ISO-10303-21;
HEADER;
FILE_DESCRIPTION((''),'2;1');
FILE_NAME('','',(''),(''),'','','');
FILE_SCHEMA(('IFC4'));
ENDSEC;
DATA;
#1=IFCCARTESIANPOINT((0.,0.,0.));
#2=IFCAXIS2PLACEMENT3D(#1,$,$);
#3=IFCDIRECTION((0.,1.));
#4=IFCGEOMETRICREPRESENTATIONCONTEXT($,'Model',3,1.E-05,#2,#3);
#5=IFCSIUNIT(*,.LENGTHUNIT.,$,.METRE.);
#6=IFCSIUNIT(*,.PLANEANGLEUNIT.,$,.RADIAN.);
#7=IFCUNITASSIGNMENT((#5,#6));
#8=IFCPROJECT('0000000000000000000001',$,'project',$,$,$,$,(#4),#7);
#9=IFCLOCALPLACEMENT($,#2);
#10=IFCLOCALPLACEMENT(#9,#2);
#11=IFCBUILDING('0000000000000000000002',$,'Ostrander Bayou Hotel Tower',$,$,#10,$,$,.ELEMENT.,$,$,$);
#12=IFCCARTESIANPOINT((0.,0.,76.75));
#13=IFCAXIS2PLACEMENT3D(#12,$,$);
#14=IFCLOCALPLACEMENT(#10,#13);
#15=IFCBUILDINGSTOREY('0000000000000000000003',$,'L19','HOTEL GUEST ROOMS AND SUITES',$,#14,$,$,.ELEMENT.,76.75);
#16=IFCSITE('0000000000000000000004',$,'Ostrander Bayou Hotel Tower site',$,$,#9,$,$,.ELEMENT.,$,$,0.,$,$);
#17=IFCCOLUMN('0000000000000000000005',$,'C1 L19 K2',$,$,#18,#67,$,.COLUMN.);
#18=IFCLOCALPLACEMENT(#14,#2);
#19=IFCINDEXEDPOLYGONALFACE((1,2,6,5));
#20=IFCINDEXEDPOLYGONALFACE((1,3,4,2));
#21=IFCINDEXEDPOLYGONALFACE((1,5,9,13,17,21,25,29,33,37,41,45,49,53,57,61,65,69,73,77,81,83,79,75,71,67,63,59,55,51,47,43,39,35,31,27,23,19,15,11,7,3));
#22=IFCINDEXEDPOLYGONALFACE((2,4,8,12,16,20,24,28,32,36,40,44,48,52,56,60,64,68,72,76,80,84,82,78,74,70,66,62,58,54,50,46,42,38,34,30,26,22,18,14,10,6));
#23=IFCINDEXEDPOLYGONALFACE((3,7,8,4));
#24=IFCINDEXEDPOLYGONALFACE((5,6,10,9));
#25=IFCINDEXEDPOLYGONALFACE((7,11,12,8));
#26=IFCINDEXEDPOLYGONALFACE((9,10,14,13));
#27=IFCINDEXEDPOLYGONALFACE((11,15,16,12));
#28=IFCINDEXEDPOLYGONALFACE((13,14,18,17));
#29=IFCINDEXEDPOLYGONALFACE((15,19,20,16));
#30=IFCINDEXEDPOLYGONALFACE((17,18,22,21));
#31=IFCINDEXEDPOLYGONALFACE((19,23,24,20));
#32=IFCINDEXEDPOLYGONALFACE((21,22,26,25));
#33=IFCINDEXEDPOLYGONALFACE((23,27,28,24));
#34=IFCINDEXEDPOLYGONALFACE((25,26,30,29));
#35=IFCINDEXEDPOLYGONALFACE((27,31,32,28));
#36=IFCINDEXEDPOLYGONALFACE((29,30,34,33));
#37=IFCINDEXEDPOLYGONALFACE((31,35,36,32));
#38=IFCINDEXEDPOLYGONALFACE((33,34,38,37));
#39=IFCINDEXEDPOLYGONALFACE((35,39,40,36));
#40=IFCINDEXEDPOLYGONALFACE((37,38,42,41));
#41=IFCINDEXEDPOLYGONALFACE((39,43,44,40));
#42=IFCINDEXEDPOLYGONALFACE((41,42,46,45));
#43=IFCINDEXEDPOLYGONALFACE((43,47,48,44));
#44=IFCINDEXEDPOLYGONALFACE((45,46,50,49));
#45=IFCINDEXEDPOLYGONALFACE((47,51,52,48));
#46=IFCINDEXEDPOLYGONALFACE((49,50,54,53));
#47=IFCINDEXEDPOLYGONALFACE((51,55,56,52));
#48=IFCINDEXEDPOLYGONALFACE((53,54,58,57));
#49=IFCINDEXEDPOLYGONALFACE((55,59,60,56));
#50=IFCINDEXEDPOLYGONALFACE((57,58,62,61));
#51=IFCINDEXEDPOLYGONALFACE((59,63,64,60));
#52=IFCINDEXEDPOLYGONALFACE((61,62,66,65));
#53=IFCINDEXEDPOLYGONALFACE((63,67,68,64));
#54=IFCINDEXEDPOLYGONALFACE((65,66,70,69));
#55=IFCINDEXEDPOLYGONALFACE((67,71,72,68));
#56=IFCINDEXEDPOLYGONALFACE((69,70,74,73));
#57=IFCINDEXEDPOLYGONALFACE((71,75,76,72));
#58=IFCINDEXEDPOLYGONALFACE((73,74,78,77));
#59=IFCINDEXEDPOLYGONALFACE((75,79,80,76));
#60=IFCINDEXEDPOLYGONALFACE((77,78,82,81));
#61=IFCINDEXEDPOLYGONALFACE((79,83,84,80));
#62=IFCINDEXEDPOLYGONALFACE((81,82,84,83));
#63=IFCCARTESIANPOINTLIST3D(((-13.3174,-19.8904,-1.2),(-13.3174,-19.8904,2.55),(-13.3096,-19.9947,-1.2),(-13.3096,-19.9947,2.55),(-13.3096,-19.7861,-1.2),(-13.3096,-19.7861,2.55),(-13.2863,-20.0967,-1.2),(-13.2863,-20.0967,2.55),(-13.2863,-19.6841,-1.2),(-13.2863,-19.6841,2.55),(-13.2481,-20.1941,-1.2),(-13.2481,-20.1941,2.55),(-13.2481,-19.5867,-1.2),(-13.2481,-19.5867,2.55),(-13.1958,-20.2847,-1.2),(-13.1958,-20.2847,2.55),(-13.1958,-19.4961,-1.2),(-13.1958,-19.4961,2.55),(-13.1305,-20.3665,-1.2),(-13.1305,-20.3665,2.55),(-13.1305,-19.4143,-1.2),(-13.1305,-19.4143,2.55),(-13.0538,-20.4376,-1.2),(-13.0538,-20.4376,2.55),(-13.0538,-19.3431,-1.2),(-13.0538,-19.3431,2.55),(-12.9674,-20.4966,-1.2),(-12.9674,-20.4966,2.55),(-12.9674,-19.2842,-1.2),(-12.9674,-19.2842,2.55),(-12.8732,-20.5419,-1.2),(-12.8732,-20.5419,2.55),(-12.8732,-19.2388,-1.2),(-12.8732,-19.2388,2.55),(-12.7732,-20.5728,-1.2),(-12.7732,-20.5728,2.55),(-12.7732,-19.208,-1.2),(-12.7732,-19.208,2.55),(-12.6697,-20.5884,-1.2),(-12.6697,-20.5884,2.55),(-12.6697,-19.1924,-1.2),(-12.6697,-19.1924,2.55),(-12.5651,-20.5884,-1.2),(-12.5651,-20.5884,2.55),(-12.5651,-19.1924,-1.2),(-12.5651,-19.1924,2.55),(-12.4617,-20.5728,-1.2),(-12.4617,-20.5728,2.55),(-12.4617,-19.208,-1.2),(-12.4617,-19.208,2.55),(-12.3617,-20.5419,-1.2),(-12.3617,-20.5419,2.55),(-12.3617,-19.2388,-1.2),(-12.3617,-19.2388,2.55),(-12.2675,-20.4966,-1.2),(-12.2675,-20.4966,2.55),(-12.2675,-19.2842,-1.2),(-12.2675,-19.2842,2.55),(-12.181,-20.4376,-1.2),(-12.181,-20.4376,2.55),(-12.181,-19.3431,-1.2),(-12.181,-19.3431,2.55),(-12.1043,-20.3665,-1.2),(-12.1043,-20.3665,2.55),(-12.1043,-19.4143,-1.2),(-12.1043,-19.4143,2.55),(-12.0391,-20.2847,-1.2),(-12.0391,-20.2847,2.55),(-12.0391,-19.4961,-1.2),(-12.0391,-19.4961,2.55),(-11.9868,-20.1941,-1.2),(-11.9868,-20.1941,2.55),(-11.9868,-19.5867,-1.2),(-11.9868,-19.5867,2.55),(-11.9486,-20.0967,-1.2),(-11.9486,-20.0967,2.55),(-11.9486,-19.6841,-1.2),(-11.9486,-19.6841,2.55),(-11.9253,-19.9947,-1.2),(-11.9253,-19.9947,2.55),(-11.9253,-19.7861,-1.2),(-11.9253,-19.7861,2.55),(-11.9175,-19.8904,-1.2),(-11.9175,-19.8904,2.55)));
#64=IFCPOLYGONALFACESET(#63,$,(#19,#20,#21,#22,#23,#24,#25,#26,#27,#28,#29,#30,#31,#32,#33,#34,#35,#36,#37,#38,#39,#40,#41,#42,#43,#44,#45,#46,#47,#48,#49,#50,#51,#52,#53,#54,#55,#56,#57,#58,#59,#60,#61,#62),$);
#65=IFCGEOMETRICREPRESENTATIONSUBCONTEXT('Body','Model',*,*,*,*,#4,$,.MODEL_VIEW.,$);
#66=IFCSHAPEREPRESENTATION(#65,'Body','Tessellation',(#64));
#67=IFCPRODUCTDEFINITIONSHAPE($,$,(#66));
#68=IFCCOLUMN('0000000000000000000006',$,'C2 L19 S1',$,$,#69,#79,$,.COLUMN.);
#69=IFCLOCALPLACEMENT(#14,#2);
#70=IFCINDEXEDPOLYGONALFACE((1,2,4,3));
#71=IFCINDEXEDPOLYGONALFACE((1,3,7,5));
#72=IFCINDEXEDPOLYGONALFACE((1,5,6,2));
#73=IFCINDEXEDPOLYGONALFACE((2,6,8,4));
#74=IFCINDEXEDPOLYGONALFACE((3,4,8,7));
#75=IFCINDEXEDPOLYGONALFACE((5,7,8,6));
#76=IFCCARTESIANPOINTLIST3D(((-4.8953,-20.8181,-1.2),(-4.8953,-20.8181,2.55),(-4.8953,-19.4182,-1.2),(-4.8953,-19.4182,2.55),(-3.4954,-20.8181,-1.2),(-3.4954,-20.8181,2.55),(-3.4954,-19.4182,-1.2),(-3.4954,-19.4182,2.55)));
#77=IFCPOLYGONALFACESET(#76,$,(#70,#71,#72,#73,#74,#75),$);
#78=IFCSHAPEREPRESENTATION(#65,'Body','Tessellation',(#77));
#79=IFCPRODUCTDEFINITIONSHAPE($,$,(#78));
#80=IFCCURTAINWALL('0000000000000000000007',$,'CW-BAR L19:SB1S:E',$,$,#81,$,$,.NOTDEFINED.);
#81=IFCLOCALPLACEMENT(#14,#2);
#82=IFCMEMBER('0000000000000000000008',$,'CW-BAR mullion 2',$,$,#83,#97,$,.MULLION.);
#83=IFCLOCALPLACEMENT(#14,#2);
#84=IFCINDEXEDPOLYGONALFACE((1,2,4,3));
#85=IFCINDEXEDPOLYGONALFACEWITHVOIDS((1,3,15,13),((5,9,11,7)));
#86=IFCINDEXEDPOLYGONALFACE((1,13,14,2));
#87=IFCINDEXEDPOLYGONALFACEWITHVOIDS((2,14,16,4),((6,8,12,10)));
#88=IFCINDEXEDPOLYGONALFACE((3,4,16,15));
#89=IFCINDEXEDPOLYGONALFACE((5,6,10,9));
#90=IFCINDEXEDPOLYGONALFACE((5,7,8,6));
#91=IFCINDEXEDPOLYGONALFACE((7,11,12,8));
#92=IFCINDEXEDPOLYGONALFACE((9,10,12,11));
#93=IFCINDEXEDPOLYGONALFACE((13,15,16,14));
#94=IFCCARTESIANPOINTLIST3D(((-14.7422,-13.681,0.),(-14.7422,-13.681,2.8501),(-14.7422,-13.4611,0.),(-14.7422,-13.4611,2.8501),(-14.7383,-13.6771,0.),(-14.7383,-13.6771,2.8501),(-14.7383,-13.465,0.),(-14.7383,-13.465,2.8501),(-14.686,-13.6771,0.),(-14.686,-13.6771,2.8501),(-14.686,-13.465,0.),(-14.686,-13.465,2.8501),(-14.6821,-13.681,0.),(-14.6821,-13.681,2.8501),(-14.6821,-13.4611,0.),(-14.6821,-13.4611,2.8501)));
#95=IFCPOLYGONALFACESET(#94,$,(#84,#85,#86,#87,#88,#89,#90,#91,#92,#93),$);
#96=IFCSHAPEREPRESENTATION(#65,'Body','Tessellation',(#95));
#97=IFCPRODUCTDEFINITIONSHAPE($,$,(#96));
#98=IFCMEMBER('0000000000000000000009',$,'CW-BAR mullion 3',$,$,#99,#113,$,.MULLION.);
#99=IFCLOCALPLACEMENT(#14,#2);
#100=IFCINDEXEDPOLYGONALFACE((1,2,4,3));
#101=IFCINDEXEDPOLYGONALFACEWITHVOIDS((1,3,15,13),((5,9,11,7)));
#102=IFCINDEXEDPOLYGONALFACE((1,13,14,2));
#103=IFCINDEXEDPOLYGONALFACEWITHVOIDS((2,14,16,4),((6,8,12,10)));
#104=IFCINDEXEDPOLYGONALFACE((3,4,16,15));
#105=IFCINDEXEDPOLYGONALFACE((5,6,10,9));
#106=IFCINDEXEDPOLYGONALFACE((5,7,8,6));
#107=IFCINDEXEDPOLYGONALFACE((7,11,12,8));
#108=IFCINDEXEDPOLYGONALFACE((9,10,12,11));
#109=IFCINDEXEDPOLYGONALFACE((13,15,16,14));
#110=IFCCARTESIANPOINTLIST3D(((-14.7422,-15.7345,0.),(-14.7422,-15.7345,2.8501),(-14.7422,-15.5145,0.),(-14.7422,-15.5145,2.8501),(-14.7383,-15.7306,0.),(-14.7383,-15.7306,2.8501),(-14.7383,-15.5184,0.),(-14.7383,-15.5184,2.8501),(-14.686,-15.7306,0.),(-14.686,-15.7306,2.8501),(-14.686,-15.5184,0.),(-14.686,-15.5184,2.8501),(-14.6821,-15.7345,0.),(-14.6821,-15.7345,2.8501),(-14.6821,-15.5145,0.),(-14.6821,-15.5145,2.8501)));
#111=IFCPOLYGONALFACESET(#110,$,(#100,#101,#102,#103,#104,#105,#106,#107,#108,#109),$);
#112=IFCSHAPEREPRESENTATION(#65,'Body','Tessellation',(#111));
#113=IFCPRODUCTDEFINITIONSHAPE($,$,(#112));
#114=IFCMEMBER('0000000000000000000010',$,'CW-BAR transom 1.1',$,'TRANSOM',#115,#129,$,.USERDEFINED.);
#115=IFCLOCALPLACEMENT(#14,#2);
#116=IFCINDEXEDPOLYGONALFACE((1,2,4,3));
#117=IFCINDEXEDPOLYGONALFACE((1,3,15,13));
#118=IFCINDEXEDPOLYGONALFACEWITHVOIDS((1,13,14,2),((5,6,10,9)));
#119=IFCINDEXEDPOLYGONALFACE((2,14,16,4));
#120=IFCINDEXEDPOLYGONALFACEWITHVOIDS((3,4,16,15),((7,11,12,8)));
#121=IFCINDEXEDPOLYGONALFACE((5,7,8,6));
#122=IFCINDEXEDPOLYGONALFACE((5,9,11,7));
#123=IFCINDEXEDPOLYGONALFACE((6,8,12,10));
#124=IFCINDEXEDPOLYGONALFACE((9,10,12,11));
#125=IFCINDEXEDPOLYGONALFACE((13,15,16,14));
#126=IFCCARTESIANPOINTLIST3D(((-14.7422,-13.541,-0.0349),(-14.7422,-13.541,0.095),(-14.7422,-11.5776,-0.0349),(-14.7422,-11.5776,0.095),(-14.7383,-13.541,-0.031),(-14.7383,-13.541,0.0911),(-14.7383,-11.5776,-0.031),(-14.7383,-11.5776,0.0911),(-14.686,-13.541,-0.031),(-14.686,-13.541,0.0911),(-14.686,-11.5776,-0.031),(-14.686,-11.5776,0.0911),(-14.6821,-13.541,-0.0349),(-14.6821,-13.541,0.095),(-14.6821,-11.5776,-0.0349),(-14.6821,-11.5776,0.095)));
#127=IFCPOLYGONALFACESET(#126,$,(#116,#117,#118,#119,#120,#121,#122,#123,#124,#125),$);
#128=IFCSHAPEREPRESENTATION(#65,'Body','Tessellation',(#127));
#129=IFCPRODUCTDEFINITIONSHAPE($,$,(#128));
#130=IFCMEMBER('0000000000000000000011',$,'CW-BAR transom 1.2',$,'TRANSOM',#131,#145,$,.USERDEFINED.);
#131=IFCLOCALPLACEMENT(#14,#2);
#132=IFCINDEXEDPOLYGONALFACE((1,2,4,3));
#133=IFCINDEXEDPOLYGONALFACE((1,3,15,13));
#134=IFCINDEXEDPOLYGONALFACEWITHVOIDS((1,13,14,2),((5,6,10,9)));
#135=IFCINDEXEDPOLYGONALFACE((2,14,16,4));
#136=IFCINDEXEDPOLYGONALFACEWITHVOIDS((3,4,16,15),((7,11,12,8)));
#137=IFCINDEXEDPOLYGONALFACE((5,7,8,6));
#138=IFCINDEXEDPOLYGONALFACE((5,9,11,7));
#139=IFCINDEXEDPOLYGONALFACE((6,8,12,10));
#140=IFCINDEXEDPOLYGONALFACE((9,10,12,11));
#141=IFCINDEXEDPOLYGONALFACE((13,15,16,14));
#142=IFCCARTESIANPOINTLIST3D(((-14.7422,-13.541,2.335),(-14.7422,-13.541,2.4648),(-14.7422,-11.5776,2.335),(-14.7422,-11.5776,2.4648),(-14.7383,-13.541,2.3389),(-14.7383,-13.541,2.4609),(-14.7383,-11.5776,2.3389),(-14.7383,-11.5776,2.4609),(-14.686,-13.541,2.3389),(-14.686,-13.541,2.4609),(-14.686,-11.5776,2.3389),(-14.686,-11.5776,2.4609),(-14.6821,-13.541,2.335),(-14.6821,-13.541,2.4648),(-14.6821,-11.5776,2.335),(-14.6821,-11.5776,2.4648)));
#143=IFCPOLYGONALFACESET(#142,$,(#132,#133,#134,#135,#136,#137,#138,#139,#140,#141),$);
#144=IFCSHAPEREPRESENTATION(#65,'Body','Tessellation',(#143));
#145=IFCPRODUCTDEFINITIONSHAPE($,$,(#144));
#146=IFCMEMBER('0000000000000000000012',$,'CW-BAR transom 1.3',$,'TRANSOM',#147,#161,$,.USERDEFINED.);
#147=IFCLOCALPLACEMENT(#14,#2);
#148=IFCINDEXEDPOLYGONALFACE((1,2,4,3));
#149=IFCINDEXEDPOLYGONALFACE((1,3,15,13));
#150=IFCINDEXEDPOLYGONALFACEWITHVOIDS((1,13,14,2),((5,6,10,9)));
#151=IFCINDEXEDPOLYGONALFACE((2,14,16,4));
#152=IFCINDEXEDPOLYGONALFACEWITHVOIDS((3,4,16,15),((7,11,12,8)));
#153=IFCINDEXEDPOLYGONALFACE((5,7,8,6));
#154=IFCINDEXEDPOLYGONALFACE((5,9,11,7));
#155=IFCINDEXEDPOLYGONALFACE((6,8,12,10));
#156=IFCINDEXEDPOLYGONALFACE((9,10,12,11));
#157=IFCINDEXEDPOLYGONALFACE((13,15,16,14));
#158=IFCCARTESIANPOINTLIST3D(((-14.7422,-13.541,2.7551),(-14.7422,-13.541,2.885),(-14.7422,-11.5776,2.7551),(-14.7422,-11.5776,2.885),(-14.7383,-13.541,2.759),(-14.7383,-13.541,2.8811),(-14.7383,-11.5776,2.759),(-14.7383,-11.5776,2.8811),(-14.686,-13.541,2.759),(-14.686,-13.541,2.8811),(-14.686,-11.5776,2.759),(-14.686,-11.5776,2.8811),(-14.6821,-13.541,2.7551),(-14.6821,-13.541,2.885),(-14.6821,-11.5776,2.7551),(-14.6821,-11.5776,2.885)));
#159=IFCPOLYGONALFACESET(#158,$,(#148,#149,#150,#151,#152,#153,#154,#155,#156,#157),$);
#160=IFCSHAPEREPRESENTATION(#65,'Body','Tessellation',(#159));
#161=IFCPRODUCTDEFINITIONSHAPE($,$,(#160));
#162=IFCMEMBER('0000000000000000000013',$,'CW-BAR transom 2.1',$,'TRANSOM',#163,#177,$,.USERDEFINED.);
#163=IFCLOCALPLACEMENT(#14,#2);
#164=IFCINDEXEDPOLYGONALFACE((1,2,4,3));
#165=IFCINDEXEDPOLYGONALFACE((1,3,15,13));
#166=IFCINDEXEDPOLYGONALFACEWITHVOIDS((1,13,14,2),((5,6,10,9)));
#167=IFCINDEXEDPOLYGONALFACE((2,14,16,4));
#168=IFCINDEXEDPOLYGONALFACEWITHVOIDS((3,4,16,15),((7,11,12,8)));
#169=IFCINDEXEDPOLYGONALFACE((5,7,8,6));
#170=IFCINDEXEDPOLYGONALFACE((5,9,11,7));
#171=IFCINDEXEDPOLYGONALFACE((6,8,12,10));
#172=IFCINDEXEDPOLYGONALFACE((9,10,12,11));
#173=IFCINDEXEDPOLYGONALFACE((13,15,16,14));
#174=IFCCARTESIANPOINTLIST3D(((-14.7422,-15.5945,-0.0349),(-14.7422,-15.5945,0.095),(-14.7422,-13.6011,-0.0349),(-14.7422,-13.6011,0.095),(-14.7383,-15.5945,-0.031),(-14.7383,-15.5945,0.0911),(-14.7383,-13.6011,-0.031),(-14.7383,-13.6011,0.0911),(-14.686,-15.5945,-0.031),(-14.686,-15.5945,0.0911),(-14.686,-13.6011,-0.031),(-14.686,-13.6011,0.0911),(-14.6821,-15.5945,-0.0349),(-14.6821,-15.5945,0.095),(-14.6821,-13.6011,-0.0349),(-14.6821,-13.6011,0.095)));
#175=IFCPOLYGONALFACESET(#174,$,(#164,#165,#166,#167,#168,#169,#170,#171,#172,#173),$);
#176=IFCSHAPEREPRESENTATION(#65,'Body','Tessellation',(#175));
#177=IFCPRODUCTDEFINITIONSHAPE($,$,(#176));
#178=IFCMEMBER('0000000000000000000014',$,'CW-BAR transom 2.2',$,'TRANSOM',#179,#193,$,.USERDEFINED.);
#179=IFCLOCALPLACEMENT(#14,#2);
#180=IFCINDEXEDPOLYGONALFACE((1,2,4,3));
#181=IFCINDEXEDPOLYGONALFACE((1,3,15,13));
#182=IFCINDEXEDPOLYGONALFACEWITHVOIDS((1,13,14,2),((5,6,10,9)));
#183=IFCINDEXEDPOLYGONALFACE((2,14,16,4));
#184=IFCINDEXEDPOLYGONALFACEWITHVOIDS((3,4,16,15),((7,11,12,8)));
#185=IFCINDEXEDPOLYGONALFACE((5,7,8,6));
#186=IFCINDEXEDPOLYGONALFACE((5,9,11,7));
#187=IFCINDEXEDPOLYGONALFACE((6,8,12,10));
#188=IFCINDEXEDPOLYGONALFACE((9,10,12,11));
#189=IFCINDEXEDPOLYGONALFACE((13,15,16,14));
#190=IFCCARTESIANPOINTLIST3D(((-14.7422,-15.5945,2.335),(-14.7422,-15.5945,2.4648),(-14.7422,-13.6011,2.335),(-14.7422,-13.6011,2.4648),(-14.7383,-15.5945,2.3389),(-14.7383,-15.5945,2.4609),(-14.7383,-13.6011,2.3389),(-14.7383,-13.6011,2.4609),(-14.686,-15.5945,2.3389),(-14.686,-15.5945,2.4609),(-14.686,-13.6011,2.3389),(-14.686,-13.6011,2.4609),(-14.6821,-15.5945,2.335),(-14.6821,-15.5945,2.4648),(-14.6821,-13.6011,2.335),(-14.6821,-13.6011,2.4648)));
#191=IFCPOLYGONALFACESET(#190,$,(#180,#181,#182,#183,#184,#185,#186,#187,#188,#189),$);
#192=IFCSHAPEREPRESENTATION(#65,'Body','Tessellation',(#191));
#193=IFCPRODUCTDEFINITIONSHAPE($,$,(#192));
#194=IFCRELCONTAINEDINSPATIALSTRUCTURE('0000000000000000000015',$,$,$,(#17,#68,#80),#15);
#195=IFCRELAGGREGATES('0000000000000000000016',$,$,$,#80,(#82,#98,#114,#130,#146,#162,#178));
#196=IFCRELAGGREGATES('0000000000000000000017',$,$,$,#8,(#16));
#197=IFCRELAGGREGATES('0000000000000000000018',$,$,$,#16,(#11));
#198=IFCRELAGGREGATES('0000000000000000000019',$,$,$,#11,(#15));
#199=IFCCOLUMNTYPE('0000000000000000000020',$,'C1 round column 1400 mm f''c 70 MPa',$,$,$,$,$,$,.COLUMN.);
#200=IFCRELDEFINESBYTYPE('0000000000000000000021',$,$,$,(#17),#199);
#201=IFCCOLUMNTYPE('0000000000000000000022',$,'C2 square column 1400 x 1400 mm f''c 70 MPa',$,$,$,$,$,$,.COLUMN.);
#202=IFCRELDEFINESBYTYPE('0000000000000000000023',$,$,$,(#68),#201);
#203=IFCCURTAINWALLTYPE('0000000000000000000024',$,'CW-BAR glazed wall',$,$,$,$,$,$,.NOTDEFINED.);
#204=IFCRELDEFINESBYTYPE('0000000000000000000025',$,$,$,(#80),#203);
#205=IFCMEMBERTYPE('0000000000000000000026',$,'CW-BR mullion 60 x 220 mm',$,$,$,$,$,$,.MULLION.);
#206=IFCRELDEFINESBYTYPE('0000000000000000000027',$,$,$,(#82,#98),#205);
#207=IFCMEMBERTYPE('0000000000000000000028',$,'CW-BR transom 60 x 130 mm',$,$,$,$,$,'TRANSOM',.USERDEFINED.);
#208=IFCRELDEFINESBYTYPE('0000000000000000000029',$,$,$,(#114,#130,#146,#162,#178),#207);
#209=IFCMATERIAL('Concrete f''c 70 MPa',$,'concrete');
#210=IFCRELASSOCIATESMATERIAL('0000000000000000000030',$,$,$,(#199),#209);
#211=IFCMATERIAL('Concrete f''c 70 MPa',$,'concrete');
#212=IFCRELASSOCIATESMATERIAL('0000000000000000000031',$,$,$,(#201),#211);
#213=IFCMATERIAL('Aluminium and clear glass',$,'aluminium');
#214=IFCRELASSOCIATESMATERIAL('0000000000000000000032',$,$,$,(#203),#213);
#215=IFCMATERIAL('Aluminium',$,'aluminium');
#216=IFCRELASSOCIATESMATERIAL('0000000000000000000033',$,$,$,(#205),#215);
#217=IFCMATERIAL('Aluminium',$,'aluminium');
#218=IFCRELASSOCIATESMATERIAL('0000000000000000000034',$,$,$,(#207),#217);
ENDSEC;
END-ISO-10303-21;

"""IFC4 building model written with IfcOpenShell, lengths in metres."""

from ifc_helpers import new_model, si_unit, direction, frame, origin, origin_2d, place, context, subcontext, project, spatial, rectangle, hollow_rectangle, circle, extrude, material, material_profile, profile_set, type_object, element, aggregate, save


model = new_model("IFC4")

# Units and contexts
model_context = context("Model", 3, precision=1e-05, world=origin(), true_north=direction((0.0, 1.0)))
body_context = subcontext(model_context, "Body", "Model", "MODEL_VIEW")
ifc_project = project(units=[si_unit("LENGTHUNIT", "METRE"), si_unit("PLANEANGLEUNIT", "RADIAN")], contexts=[model_context])

# Site, building, storey
site_placement = place(None, origin())
site = spatial("IfcSite", under=ifc_project, at=site_placement, Name="Ostrander Bayou Hotel Tower site", CompositionType="ELEMENT", RefElevation=0.0)
building_placement = place(site_placement, origin())
building = spatial("IfcBuilding", under=site, at=building_placement, Name="Ostrander Bayou Hotel Tower", CompositionType="ELEMENT")
storey_placement = place(building_placement, frame((0.0, 0.0, 76.75)))
storey = spatial("IfcBuildingStorey", under=building, at=storey_placement, Name="L19", Description="HOTEL GUEST ROOMS AND SUITES", CompositionType="ELEMENT", Elevation=76.75)

# Columns
ifc_material_1 = material(Name="Concrete f'c 70 MPa", Category="concrete")
ifc_material_profile_1 = material_profile(ifc_material_1, circle(Radius=0.7, at=origin_2d()))
ifc_profile_set_1 = profile_set([ifc_material_profile_1], Name="Concrete f'c 70 MPa")
column_type_1 = type_object("IfcColumnType", Name="C1 round column 1400 mm f'c 70 MPa", PredefinedType="COLUMN", material=ifc_profile_set_1)
column_1_placement = place(storey_placement, frame((-12.6174, -19.8904, -1.2), z_axis=(0.0, 0.0, 1.0), x_axis=(1.0, 0.0, 0.0)))
element("IfcColumn", 1, at=column_1_placement, inside=storey, type_object=column_type_1, Name="C1 L19 K2", PredefinedType="COLUMN", context=body_context, shape_type="SweptSolid", body=[
    extrude(circle(Radius=0.7, at=origin_2d()), origin(), (0.0, 0.0, 1.0), 3.75),
])
ifc_material_2 = material(Name="Concrete f'c 70 MPa", Category="concrete")
ifc_material_profile_2 = material_profile(ifc_material_2, rectangle(XDim=1.3999, YDim=1.3999, at=origin_2d()))
ifc_profile_set_2 = profile_set([ifc_material_profile_2], Name="Concrete f'c 70 MPa")
column_type_2 = type_object("IfcColumnType", Name="C2 square column 1400 x 1400 mm f'c 70 MPa", PredefinedType="COLUMN", material=ifc_profile_set_2)
column_2_placement = place(storey_placement, frame((-4.1953, -20.1182, -1.2), z_axis=(0.0, 0.0, 1.0), x_axis=(-1.0, 0.0, 0.0)))
element("IfcColumn", 2, at=column_2_placement, inside=storey, type_object=column_type_2, Name="C2 L19 S1", PredefinedType="COLUMN", context=body_context, shape_type="SweptSolid", body=[
    extrude(rectangle(XDim=1.3999, YDim=1.3999, at=origin_2d()), origin(), (0.0, 0.0, 1.0), 3.75),
])

# Curtain wall, members
ifc_material_3 = material(Name="Aluminium and clear glass", Category="aluminium")
curtain_wall_type = type_object("IfcCurtainWallType", Name="CW-BAR glazed wall", PredefinedType="NOTDEFINED", material=ifc_material_3)
curtain_wall_placement = place(storey_placement, origin())
curtain_wall = element("IfcCurtainWall", 3, at=curtain_wall_placement, inside=storey, type_object=curtain_wall_type, Name="CW-BAR L19:SB1S:E", PredefinedType="NOTDEFINED")
ifc_material_4 = material(Name="Aluminium", Category="aluminium")
ifc_material_profile_3 = material_profile(ifc_material_4, hollow_rectangle(XDim=0.0601, YDim=0.22, WallThickness=0.0039, at=origin_2d()))
ifc_profile_set_3 = profile_set([ifc_material_profile_3], Name="Aluminium")
member_type_1 = type_object("IfcMemberType", Name="CW-BR mullion 60 x 220 mm", PredefinedType="MULLION", material=ifc_profile_set_3)
member_1_placement = place(storey_placement, frame((-14.7122, -13.571, 0.0), z_axis=(0.0, 0.0, 1.0), x_axis=(1.0, 0.0, 0.0)))
member_1 = element("IfcMember", 4, at=member_1_placement, type_object=member_type_1, Name="CW-BAR mullion 2", PredefinedType="MULLION", context=body_context, shape_type="SweptSolid", body=[
    extrude(hollow_rectangle(XDim=0.0601, YDim=0.22, WallThickness=0.0039, at=origin_2d()), origin(), (0.0, 0.0, 1.0), 2.8501),
])
member_2_placement = place(storey_placement, frame((-14.7122, -15.6245, 0.0), z_axis=(0.0, 0.0, 1.0), x_axis=(1.0, 0.0, 0.0)))
member_2 = element("IfcMember", 5, at=member_2_placement, type_object=member_type_1, Name="CW-BAR mullion 3", PredefinedType="MULLION", context=body_context, shape_type="SweptSolid", body=[
    extrude(hollow_rectangle(XDim=0.0601, YDim=0.22, WallThickness=0.0039, at=origin_2d()), origin(), (0.0, 0.0, 1.0), 2.8501),
])
ifc_material_5 = material(Name="Aluminium", Category="aluminium")
ifc_material_profile_4 = material_profile(ifc_material_5, hollow_rectangle(XDim=0.0601, YDim=0.1299, WallThickness=0.0039, at=origin_2d()))
ifc_profile_set_4 = profile_set([ifc_material_profile_4], Name="Aluminium")
member_type_2 = type_object("IfcMemberType", Name="CW-BR transom 60 x 130 mm", ElementType="TRANSOM", PredefinedType="USERDEFINED", material=ifc_profile_set_4)
member_3_placement = place(storey_placement, frame((-14.7122, -11.5776, 0.03), z_axis=(0.0, -1.0, 0.0), x_axis=(1.0, 0.0, 0.0)))
member_3 = element("IfcMember", 6, at=member_3_placement, type_object=member_type_2, Name="CW-BAR transom 1.1", ObjectType="TRANSOM", PredefinedType="USERDEFINED", context=body_context, shape_type="SweptSolid", body=[
    extrude(hollow_rectangle(XDim=0.0601, YDim=0.1299, WallThickness=0.0039, at=origin_2d()), origin(), (0.0, 0.0, 1.0), 1.9634),
])
member_4_placement = place(storey_placement, frame((-14.7122, -11.5776, 2.3999), z_axis=(0.0, -1.0, 0.0), x_axis=(1.0, 0.0, 0.0)))
member_4 = element("IfcMember", 7, at=member_4_placement, type_object=member_type_2, Name="CW-BAR transom 1.2", ObjectType="TRANSOM", PredefinedType="USERDEFINED", context=body_context, shape_type="SweptSolid", body=[
    extrude(hollow_rectangle(XDim=0.0601, YDim=0.1299, WallThickness=0.0039, at=origin_2d()), origin(), (0.0, 0.0, 1.0), 1.9634),
])
member_5_placement = place(storey_placement, frame((-14.7122, -11.5776, 2.8201), z_axis=(0.0, -1.0, 0.0), x_axis=(1.0, 0.0, 0.0)))
member_5 = element("IfcMember", 8, at=member_5_placement, type_object=member_type_2, Name="CW-BAR transom 1.3", ObjectType="TRANSOM", PredefinedType="USERDEFINED", context=body_context, shape_type="SweptSolid", body=[
    extrude(hollow_rectangle(XDim=0.0601, YDim=0.1299, WallThickness=0.0039, at=origin_2d()), origin(), (0.0, 0.0, 1.0), 1.9634),
])
member_6_placement = place(storey_placement, frame((-14.7122, -13.6011, 0.03), z_axis=(0.0, -1.0, 0.0), x_axis=(1.0, 0.0, 0.0)))
member_6 = element("IfcMember", 9, at=member_6_placement, type_object=member_type_2, Name="CW-BAR transom 2.1", ObjectType="TRANSOM", PredefinedType="USERDEFINED", context=body_context, shape_type="SweptSolid", body=[
    extrude(hollow_rectangle(XDim=0.0601, YDim=0.1299, WallThickness=0.0039, at=origin_2d()), origin(), (0.0, 0.0, 1.0), 1.9934),
])
member_7_placement = place(storey_placement, frame((-14.7122, -13.6011, 2.3999), z_axis=(0.0, -1.0, 0.0), x_axis=(1.0, 0.0, 0.0)))
member_7 = element("IfcMember", 10, at=member_7_placement, type_object=member_type_2, Name="CW-BAR transom 2.2", ObjectType="TRANSOM", PredefinedType="USERDEFINED", context=body_context, shape_type="SweptSolid", body=[
    extrude(hollow_rectangle(XDim=0.0601, YDim=0.1299, WallThickness=0.0039, at=origin_2d()), origin(), (0.0, 0.0, 1.0), 1.9934),
])
aggregate(curtain_wall, [member_1, member_2, member_3, member_4, member_5, member_6, member_7])

save(model, "model.ifc")
